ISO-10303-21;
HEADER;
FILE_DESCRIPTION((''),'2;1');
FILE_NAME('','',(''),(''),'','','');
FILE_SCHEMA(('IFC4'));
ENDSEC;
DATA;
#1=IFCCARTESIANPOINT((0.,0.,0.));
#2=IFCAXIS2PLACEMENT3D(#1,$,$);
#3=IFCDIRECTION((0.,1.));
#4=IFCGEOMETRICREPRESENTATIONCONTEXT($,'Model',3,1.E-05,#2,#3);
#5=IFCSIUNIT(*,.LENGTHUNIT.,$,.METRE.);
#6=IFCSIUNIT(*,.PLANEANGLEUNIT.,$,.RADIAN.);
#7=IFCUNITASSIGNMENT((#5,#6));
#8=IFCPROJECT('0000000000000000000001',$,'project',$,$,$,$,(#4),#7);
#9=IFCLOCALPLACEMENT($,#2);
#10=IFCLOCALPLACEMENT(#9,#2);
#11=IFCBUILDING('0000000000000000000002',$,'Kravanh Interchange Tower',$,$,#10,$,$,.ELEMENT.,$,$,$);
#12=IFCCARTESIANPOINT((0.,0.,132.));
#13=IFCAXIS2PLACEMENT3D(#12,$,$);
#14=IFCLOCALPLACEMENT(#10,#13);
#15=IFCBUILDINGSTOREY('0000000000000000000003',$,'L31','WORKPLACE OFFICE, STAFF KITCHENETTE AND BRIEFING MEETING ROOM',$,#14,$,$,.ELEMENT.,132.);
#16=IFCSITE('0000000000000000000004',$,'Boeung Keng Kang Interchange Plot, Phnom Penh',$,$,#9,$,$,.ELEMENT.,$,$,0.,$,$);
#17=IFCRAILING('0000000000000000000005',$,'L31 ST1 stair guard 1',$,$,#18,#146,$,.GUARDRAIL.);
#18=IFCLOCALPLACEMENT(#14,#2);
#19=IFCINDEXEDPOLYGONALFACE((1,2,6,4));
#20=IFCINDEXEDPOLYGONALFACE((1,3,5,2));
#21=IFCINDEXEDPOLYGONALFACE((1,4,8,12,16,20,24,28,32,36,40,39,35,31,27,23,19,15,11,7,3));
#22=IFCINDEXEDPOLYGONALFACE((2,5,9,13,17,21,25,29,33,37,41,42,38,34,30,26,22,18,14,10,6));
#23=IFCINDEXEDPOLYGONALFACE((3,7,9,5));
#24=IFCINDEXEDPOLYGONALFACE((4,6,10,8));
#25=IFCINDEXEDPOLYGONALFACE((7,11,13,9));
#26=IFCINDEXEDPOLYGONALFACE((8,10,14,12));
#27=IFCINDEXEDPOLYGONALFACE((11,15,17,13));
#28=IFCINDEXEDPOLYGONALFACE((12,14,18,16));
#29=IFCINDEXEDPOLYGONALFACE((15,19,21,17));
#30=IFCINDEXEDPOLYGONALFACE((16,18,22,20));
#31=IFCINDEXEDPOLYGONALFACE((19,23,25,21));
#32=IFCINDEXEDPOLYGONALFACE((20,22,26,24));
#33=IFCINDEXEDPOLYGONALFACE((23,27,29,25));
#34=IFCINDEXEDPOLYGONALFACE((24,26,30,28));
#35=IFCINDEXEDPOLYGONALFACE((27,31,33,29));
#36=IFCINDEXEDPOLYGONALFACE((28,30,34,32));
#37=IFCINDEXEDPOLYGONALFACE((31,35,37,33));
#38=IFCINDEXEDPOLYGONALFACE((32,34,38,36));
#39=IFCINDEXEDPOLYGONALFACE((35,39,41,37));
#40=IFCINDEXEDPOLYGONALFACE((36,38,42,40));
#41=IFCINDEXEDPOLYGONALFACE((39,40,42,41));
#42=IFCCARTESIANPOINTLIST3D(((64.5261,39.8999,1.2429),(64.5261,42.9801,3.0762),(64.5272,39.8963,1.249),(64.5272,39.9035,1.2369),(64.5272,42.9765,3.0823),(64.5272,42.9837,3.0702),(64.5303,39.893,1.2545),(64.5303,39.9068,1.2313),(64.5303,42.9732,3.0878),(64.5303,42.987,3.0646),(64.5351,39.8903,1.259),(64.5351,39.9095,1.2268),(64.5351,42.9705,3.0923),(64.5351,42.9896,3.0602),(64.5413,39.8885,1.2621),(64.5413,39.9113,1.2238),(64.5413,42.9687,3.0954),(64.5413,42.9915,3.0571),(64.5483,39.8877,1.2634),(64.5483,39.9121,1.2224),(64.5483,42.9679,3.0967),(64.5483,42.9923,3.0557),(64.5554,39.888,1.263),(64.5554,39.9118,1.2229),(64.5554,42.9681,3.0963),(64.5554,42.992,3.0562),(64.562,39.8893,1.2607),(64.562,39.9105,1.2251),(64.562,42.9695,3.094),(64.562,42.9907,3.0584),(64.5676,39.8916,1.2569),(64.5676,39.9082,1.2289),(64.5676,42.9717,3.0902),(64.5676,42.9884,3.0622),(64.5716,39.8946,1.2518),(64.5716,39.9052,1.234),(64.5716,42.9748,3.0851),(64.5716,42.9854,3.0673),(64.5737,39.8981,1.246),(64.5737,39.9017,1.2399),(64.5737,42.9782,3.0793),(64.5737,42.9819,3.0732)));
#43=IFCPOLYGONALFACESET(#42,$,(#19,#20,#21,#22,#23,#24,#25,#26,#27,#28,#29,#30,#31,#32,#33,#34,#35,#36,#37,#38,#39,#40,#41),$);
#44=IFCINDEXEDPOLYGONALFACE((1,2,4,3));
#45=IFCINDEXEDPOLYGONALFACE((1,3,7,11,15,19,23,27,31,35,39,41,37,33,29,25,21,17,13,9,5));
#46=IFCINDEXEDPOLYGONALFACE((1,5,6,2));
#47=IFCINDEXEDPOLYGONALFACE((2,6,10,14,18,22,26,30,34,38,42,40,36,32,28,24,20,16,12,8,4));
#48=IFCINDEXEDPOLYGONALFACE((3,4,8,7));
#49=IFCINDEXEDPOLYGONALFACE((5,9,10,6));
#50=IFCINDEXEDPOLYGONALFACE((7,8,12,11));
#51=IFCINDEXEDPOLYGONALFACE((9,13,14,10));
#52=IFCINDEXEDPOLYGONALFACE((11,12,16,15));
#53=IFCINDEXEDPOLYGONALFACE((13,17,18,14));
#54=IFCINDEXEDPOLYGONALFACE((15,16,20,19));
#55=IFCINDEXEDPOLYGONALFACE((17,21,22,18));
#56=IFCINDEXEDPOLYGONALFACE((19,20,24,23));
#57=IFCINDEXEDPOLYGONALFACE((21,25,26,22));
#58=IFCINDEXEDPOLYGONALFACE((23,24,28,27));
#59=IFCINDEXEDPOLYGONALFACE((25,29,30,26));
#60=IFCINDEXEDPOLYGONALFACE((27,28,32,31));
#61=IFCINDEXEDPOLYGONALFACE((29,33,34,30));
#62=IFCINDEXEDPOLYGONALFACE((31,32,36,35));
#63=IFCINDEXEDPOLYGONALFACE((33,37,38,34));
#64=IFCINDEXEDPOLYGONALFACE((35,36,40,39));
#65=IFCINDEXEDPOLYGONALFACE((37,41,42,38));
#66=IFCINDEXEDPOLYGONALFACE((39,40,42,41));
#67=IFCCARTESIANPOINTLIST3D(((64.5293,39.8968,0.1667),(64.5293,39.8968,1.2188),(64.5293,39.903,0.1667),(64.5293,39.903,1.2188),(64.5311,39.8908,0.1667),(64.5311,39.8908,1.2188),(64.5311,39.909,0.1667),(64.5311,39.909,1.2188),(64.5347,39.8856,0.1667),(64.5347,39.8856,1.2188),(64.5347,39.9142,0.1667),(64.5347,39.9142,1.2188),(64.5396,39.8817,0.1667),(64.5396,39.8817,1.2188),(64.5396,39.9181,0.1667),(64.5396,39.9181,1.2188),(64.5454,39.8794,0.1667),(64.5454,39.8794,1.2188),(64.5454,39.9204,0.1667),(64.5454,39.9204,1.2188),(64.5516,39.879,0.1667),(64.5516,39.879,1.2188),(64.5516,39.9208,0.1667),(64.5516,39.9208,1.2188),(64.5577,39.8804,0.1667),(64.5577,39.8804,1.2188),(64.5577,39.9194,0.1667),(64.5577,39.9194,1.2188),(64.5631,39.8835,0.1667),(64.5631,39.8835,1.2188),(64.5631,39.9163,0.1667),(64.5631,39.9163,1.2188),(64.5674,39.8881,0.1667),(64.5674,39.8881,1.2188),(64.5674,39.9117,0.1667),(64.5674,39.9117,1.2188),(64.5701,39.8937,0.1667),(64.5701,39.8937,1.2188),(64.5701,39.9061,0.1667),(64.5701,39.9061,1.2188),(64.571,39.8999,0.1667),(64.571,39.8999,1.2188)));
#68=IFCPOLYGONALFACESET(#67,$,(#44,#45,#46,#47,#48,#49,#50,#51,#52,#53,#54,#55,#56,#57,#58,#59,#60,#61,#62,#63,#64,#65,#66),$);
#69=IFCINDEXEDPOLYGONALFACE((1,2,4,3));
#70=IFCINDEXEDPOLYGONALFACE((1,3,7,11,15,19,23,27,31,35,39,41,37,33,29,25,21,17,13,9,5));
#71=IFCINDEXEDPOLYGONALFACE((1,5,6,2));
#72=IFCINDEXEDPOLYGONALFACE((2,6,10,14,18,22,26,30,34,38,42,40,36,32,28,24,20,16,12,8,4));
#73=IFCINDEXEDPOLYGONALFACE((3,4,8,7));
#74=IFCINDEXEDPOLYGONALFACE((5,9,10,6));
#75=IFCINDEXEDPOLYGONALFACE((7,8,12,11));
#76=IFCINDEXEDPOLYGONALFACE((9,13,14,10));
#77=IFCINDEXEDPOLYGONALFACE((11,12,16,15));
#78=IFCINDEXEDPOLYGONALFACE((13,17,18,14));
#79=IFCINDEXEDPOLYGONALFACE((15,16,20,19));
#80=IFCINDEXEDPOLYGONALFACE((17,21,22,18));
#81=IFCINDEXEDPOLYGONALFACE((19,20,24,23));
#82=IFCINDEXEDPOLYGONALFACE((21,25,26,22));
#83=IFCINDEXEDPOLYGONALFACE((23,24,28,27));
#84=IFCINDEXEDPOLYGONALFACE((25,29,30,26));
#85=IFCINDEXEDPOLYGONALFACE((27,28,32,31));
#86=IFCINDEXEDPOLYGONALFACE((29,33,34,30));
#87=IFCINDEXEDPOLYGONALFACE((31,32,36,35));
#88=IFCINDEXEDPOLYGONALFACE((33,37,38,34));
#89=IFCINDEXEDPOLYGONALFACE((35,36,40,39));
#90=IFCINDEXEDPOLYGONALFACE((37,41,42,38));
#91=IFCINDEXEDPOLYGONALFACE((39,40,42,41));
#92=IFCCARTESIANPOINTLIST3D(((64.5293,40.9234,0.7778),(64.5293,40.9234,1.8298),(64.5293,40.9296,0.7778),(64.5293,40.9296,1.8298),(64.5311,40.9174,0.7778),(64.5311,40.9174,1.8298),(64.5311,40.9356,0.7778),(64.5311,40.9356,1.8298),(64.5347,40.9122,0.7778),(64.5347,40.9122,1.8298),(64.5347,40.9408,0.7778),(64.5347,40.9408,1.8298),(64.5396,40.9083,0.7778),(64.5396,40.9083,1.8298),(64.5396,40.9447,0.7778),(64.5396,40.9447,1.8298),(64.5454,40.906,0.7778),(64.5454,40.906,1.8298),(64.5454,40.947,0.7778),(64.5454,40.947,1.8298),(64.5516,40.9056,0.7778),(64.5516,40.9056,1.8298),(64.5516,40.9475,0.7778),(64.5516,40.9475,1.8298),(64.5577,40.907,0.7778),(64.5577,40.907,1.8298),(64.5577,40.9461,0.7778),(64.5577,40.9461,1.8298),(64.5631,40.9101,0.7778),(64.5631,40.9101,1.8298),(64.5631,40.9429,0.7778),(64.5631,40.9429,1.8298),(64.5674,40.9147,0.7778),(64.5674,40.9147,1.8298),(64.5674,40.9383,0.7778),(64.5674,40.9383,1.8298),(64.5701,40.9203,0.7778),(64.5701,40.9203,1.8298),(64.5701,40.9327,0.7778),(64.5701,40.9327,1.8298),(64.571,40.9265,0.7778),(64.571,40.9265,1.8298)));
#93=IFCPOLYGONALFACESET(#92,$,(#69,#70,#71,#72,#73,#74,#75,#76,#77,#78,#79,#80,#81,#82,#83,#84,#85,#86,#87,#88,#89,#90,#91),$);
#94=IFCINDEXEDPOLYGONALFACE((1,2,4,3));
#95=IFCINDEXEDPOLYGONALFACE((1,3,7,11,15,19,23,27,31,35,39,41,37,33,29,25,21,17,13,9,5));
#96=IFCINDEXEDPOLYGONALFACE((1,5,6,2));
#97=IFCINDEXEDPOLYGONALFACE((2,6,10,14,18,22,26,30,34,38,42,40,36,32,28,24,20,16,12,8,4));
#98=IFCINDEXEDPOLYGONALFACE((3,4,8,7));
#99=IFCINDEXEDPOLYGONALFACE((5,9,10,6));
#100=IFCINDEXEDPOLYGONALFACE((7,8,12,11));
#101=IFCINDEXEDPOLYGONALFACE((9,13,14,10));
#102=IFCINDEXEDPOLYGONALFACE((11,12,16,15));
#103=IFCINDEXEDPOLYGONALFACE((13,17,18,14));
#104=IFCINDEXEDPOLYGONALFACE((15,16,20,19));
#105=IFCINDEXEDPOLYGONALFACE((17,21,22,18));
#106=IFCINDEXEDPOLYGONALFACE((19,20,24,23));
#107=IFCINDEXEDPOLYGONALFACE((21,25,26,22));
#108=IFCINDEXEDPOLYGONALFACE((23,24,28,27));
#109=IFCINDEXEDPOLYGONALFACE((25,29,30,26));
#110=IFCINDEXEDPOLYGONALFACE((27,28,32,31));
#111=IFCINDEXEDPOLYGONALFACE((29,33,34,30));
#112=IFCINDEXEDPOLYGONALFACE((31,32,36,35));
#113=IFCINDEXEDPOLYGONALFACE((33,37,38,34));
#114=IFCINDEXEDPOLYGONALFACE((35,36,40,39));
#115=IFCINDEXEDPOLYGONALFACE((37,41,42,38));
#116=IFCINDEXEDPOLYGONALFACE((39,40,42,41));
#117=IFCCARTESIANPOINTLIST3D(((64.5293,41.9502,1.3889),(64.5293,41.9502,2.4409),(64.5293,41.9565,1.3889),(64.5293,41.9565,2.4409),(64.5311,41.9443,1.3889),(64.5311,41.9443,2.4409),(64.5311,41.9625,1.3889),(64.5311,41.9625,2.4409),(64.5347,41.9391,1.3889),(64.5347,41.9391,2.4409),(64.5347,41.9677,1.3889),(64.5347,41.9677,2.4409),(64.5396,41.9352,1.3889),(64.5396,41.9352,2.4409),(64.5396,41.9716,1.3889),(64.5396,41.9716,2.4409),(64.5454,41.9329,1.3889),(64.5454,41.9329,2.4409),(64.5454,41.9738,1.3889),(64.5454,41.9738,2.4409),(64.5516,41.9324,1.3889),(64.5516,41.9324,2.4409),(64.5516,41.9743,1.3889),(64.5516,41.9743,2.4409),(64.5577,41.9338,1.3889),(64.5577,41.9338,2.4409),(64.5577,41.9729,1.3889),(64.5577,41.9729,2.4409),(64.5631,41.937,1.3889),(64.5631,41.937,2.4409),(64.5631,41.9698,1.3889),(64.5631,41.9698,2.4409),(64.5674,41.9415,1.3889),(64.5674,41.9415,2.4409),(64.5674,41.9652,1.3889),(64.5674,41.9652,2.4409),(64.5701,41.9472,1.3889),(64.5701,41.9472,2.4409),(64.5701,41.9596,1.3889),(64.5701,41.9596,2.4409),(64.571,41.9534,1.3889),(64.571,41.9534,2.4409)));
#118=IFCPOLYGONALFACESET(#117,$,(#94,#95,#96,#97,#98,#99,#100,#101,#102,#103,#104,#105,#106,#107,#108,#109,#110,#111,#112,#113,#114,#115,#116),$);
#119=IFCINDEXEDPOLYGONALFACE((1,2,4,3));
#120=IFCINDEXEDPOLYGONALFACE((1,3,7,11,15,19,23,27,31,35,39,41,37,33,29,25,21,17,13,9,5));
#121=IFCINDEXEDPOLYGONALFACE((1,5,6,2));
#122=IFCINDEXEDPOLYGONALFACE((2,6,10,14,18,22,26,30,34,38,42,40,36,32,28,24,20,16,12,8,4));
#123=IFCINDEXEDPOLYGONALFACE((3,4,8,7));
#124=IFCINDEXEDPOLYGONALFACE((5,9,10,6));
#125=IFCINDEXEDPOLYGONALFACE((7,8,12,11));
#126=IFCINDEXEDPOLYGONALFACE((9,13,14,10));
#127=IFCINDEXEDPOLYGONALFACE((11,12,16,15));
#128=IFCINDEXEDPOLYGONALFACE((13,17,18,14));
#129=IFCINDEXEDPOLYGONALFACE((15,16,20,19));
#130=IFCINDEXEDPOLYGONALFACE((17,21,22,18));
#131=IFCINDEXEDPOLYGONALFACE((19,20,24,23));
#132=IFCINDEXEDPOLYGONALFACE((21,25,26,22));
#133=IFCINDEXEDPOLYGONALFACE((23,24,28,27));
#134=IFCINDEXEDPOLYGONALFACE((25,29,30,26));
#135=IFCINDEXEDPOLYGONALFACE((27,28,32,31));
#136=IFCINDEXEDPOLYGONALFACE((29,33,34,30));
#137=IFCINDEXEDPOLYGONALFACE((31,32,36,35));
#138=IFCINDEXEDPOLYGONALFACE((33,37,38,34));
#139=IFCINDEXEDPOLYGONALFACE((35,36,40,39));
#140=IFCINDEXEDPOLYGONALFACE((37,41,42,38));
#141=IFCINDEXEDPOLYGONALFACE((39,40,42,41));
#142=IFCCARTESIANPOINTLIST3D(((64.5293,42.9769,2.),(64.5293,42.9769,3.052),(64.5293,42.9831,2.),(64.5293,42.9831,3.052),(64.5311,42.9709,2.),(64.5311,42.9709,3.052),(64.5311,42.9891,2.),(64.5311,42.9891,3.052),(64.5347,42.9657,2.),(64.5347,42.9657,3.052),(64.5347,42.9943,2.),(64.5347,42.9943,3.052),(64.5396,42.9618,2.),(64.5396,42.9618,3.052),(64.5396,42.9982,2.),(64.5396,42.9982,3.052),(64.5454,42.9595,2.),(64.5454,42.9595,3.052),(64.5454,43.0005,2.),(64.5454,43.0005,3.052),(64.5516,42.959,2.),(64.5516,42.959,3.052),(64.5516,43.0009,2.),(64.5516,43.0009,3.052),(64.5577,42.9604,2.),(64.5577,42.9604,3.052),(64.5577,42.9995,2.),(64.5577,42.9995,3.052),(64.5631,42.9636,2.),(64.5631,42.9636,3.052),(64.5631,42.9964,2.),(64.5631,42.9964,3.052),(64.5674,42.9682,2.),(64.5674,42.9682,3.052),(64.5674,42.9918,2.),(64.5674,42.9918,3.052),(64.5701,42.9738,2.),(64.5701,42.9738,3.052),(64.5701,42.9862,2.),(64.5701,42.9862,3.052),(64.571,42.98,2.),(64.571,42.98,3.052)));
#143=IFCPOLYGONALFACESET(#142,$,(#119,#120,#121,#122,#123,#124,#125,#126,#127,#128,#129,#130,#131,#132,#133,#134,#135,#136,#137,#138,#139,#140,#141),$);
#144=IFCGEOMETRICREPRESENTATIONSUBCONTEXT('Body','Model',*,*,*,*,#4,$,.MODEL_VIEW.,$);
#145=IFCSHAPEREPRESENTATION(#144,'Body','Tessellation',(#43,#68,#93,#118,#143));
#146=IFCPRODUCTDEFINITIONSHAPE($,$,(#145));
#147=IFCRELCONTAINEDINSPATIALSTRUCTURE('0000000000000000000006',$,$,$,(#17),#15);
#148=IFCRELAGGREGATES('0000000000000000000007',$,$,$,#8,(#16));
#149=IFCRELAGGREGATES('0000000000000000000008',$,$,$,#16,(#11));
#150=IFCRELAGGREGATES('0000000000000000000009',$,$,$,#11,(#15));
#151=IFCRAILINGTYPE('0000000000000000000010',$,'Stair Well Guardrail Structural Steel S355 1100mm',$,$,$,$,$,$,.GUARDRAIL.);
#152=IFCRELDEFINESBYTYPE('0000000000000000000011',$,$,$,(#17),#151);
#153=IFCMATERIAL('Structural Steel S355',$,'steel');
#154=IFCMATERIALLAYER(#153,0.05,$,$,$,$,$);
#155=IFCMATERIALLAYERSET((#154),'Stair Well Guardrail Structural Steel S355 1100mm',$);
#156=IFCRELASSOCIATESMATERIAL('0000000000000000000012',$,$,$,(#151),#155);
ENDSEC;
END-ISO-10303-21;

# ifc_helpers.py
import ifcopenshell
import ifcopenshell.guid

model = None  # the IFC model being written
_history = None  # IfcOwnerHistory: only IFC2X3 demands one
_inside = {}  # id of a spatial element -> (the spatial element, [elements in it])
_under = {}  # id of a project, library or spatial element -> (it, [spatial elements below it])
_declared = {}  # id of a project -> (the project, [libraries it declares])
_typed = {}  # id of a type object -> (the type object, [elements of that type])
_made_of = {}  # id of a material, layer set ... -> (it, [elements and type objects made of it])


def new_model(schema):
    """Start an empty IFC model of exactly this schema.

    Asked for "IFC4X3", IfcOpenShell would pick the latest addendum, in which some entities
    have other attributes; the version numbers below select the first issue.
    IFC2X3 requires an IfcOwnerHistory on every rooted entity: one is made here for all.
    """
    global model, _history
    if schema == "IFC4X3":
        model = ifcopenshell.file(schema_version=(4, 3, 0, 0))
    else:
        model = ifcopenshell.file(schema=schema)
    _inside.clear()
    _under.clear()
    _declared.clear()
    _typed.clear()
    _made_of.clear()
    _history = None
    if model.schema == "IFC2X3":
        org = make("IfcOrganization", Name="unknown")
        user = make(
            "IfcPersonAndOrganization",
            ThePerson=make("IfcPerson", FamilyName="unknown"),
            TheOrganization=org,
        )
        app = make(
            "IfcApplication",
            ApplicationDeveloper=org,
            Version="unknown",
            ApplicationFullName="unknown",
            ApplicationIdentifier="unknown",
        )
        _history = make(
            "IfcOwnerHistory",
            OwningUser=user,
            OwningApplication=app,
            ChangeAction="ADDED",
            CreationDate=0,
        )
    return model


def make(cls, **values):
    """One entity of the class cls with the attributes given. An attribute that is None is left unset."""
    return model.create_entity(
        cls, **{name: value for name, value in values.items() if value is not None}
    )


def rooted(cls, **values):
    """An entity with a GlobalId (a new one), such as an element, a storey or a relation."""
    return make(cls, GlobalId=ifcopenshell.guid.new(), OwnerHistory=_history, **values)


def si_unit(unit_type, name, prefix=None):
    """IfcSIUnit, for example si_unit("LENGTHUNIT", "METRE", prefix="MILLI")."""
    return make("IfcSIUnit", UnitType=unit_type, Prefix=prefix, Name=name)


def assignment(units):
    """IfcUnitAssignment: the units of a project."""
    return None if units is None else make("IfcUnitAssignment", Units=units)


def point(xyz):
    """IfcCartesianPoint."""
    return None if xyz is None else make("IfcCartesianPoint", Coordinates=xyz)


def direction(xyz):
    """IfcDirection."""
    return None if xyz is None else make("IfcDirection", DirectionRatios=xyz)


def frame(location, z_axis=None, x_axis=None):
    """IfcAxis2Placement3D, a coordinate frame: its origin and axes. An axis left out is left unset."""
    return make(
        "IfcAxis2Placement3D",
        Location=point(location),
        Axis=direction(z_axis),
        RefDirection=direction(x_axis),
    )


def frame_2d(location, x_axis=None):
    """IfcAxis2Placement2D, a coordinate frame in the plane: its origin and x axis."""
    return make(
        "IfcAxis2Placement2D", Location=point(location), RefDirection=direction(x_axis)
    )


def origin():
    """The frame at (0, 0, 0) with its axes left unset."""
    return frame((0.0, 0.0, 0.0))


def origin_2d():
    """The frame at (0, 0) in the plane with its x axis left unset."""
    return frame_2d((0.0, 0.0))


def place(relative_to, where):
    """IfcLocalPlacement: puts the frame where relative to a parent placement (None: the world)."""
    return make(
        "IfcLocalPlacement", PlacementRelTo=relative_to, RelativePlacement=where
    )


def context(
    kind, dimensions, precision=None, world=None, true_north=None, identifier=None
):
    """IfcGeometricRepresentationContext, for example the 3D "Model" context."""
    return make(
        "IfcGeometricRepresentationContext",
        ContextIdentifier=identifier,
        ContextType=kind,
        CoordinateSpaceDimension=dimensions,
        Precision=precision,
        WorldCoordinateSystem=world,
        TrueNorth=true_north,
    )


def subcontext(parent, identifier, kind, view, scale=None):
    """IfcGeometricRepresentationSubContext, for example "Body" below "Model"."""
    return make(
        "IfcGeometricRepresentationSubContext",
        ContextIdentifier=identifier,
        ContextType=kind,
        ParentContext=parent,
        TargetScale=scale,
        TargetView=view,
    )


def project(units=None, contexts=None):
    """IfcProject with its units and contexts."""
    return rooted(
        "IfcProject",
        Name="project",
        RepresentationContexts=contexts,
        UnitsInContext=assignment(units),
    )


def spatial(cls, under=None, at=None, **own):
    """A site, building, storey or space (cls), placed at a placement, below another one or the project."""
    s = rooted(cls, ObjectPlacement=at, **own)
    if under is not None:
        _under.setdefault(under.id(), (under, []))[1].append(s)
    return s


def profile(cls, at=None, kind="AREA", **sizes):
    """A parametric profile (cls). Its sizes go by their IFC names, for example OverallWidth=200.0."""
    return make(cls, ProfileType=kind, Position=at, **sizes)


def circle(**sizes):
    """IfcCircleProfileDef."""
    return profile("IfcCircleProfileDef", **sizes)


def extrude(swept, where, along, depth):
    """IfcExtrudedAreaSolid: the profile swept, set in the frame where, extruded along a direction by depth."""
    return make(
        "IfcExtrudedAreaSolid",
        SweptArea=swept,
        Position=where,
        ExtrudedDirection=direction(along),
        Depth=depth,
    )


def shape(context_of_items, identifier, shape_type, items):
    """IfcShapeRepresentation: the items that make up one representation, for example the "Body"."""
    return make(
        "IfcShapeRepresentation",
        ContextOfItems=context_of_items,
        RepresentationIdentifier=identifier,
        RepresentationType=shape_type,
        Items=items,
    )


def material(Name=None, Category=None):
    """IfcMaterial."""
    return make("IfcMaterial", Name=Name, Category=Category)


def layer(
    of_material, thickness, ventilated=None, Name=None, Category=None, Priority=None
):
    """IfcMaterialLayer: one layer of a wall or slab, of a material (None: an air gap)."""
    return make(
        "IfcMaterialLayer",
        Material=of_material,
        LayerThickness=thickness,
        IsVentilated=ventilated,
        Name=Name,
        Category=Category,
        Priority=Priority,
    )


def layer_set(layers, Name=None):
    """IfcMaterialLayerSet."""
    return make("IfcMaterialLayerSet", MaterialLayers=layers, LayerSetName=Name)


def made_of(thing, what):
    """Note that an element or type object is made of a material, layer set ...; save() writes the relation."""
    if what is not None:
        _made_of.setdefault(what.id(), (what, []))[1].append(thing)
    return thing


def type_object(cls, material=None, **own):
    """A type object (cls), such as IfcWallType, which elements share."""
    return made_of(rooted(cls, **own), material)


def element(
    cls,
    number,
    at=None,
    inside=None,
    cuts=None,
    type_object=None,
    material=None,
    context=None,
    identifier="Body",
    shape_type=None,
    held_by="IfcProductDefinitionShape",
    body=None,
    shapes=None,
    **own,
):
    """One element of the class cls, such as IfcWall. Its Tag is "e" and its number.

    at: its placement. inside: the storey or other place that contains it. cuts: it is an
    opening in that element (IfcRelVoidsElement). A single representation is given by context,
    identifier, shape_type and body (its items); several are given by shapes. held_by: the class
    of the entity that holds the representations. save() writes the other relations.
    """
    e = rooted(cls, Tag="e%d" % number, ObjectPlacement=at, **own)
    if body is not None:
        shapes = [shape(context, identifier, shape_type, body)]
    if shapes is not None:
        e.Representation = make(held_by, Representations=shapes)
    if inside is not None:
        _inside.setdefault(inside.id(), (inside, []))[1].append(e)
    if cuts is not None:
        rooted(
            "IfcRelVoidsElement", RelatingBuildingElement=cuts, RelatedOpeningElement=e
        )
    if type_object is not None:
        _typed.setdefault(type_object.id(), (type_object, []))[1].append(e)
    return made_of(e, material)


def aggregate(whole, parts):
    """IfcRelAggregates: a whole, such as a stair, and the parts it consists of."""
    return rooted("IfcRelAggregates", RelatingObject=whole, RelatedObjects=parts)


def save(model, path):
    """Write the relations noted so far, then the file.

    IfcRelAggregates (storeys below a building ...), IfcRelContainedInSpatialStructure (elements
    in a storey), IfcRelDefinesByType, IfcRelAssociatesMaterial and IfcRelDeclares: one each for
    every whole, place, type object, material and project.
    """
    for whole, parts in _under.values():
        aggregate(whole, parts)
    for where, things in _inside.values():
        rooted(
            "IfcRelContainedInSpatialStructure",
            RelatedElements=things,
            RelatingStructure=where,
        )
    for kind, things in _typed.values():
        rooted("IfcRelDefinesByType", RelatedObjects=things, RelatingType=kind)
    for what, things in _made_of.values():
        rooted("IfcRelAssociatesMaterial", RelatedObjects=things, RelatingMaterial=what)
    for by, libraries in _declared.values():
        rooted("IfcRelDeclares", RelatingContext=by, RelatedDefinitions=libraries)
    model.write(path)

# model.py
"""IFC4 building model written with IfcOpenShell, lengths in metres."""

from ifc_helpers import new_model, si_unit, direction, frame, origin, origin_2d, place, context, subcontext, project, spatial, circle, extrude, material, layer, layer_set, type_object, element, save


model = new_model("IFC4")

# Units and contexts
model_context = context("Model", 3, precision=1e-05, world=origin(), true_north=direction((0.0, 1.0)))
body_context = subcontext(model_context, "Body", "Model", "MODEL_VIEW")
ifc_project = project(units=[si_unit("LENGTHUNIT", "METRE"), si_unit("PLANEANGLEUNIT", "RADIAN")], contexts=[model_context])

# Site, building, storey
site_placement = place(None, origin())
site = spatial("IfcSite", under=ifc_project, at=site_placement, Name="Boeung Keng Kang Interchange Plot, Phnom Penh", CompositionType="ELEMENT", RefElevation=0.0)
building_placement = place(site_placement, origin())
building = spatial("IfcBuilding", under=site, at=building_placement, Name="Kravanh Interchange Tower", CompositionType="ELEMENT")
storey_placement = place(building_placement, frame((0.0, 0.0, 132.0)))
storey = spatial("IfcBuildingStorey", under=building, at=storey_placement, Name="L31", Description="WORKPLACE OFFICE, STAFF KITCHENETTE AND BRIEFING MEETING ROOM", CompositionType="ELEMENT", Elevation=132.0)

# Railing
ifc_material_1 = material(Name="Structural Steel S355", Category="steel")
ifc_layer_1 = layer(ifc_material_1, 0.05)
ifc_layer_set_1 = layer_set([ifc_layer_1], Name="Stair Well Guardrail Structural Steel S355 1100mm")
railing_type_1 = type_object("IfcRailingType", Name="Stair Well Guardrail Structural Steel S355 1100mm", PredefinedType="GUARDRAIL", material=ifc_layer_set_1)
railing_1_placement = place(storey_placement, frame((64.55, 39.8999, 0.1667)))
element("IfcRailing", 1, at=railing_1_placement, inside=storey, type_object=railing_type_1, Name="L31 ST1 stair guard 1", PredefinedType="GUARDRAIL", context=body_context, shape_type="SweptSolid", body=[
    extrude(circle(Radius=0.0239, at=origin_2d()), frame((0.0, 0.0, 1.0762), z_axis=(0.0, 0.859309, 0.511458), x_axis=(-1.0, 0.0, 0.0)), (0.0, 0.0, 1.0), 3.5845),
    extrude(circle(Radius=0.021, at=origin_2d()), origin(), (0.0, 0.0, 1.0), 1.052),
    extrude(circle(Radius=0.021, at=origin_2d()), frame((0.0, 1.0266, 0.6111)), (0.0, 0.0, 1.0), 1.052),
    extrude(circle(Radius=0.021, at=origin_2d()), frame((0.0, 2.0535, 1.2222)), (0.0, 0.0, 1.0), 1.052),
    extrude(circle(Radius=0.021, at=origin_2d()), frame((0.0, 3.0801, 1.8333)), (0.0, 0.0, 1.0), 1.052),
])

save(model, "model.ifc")
